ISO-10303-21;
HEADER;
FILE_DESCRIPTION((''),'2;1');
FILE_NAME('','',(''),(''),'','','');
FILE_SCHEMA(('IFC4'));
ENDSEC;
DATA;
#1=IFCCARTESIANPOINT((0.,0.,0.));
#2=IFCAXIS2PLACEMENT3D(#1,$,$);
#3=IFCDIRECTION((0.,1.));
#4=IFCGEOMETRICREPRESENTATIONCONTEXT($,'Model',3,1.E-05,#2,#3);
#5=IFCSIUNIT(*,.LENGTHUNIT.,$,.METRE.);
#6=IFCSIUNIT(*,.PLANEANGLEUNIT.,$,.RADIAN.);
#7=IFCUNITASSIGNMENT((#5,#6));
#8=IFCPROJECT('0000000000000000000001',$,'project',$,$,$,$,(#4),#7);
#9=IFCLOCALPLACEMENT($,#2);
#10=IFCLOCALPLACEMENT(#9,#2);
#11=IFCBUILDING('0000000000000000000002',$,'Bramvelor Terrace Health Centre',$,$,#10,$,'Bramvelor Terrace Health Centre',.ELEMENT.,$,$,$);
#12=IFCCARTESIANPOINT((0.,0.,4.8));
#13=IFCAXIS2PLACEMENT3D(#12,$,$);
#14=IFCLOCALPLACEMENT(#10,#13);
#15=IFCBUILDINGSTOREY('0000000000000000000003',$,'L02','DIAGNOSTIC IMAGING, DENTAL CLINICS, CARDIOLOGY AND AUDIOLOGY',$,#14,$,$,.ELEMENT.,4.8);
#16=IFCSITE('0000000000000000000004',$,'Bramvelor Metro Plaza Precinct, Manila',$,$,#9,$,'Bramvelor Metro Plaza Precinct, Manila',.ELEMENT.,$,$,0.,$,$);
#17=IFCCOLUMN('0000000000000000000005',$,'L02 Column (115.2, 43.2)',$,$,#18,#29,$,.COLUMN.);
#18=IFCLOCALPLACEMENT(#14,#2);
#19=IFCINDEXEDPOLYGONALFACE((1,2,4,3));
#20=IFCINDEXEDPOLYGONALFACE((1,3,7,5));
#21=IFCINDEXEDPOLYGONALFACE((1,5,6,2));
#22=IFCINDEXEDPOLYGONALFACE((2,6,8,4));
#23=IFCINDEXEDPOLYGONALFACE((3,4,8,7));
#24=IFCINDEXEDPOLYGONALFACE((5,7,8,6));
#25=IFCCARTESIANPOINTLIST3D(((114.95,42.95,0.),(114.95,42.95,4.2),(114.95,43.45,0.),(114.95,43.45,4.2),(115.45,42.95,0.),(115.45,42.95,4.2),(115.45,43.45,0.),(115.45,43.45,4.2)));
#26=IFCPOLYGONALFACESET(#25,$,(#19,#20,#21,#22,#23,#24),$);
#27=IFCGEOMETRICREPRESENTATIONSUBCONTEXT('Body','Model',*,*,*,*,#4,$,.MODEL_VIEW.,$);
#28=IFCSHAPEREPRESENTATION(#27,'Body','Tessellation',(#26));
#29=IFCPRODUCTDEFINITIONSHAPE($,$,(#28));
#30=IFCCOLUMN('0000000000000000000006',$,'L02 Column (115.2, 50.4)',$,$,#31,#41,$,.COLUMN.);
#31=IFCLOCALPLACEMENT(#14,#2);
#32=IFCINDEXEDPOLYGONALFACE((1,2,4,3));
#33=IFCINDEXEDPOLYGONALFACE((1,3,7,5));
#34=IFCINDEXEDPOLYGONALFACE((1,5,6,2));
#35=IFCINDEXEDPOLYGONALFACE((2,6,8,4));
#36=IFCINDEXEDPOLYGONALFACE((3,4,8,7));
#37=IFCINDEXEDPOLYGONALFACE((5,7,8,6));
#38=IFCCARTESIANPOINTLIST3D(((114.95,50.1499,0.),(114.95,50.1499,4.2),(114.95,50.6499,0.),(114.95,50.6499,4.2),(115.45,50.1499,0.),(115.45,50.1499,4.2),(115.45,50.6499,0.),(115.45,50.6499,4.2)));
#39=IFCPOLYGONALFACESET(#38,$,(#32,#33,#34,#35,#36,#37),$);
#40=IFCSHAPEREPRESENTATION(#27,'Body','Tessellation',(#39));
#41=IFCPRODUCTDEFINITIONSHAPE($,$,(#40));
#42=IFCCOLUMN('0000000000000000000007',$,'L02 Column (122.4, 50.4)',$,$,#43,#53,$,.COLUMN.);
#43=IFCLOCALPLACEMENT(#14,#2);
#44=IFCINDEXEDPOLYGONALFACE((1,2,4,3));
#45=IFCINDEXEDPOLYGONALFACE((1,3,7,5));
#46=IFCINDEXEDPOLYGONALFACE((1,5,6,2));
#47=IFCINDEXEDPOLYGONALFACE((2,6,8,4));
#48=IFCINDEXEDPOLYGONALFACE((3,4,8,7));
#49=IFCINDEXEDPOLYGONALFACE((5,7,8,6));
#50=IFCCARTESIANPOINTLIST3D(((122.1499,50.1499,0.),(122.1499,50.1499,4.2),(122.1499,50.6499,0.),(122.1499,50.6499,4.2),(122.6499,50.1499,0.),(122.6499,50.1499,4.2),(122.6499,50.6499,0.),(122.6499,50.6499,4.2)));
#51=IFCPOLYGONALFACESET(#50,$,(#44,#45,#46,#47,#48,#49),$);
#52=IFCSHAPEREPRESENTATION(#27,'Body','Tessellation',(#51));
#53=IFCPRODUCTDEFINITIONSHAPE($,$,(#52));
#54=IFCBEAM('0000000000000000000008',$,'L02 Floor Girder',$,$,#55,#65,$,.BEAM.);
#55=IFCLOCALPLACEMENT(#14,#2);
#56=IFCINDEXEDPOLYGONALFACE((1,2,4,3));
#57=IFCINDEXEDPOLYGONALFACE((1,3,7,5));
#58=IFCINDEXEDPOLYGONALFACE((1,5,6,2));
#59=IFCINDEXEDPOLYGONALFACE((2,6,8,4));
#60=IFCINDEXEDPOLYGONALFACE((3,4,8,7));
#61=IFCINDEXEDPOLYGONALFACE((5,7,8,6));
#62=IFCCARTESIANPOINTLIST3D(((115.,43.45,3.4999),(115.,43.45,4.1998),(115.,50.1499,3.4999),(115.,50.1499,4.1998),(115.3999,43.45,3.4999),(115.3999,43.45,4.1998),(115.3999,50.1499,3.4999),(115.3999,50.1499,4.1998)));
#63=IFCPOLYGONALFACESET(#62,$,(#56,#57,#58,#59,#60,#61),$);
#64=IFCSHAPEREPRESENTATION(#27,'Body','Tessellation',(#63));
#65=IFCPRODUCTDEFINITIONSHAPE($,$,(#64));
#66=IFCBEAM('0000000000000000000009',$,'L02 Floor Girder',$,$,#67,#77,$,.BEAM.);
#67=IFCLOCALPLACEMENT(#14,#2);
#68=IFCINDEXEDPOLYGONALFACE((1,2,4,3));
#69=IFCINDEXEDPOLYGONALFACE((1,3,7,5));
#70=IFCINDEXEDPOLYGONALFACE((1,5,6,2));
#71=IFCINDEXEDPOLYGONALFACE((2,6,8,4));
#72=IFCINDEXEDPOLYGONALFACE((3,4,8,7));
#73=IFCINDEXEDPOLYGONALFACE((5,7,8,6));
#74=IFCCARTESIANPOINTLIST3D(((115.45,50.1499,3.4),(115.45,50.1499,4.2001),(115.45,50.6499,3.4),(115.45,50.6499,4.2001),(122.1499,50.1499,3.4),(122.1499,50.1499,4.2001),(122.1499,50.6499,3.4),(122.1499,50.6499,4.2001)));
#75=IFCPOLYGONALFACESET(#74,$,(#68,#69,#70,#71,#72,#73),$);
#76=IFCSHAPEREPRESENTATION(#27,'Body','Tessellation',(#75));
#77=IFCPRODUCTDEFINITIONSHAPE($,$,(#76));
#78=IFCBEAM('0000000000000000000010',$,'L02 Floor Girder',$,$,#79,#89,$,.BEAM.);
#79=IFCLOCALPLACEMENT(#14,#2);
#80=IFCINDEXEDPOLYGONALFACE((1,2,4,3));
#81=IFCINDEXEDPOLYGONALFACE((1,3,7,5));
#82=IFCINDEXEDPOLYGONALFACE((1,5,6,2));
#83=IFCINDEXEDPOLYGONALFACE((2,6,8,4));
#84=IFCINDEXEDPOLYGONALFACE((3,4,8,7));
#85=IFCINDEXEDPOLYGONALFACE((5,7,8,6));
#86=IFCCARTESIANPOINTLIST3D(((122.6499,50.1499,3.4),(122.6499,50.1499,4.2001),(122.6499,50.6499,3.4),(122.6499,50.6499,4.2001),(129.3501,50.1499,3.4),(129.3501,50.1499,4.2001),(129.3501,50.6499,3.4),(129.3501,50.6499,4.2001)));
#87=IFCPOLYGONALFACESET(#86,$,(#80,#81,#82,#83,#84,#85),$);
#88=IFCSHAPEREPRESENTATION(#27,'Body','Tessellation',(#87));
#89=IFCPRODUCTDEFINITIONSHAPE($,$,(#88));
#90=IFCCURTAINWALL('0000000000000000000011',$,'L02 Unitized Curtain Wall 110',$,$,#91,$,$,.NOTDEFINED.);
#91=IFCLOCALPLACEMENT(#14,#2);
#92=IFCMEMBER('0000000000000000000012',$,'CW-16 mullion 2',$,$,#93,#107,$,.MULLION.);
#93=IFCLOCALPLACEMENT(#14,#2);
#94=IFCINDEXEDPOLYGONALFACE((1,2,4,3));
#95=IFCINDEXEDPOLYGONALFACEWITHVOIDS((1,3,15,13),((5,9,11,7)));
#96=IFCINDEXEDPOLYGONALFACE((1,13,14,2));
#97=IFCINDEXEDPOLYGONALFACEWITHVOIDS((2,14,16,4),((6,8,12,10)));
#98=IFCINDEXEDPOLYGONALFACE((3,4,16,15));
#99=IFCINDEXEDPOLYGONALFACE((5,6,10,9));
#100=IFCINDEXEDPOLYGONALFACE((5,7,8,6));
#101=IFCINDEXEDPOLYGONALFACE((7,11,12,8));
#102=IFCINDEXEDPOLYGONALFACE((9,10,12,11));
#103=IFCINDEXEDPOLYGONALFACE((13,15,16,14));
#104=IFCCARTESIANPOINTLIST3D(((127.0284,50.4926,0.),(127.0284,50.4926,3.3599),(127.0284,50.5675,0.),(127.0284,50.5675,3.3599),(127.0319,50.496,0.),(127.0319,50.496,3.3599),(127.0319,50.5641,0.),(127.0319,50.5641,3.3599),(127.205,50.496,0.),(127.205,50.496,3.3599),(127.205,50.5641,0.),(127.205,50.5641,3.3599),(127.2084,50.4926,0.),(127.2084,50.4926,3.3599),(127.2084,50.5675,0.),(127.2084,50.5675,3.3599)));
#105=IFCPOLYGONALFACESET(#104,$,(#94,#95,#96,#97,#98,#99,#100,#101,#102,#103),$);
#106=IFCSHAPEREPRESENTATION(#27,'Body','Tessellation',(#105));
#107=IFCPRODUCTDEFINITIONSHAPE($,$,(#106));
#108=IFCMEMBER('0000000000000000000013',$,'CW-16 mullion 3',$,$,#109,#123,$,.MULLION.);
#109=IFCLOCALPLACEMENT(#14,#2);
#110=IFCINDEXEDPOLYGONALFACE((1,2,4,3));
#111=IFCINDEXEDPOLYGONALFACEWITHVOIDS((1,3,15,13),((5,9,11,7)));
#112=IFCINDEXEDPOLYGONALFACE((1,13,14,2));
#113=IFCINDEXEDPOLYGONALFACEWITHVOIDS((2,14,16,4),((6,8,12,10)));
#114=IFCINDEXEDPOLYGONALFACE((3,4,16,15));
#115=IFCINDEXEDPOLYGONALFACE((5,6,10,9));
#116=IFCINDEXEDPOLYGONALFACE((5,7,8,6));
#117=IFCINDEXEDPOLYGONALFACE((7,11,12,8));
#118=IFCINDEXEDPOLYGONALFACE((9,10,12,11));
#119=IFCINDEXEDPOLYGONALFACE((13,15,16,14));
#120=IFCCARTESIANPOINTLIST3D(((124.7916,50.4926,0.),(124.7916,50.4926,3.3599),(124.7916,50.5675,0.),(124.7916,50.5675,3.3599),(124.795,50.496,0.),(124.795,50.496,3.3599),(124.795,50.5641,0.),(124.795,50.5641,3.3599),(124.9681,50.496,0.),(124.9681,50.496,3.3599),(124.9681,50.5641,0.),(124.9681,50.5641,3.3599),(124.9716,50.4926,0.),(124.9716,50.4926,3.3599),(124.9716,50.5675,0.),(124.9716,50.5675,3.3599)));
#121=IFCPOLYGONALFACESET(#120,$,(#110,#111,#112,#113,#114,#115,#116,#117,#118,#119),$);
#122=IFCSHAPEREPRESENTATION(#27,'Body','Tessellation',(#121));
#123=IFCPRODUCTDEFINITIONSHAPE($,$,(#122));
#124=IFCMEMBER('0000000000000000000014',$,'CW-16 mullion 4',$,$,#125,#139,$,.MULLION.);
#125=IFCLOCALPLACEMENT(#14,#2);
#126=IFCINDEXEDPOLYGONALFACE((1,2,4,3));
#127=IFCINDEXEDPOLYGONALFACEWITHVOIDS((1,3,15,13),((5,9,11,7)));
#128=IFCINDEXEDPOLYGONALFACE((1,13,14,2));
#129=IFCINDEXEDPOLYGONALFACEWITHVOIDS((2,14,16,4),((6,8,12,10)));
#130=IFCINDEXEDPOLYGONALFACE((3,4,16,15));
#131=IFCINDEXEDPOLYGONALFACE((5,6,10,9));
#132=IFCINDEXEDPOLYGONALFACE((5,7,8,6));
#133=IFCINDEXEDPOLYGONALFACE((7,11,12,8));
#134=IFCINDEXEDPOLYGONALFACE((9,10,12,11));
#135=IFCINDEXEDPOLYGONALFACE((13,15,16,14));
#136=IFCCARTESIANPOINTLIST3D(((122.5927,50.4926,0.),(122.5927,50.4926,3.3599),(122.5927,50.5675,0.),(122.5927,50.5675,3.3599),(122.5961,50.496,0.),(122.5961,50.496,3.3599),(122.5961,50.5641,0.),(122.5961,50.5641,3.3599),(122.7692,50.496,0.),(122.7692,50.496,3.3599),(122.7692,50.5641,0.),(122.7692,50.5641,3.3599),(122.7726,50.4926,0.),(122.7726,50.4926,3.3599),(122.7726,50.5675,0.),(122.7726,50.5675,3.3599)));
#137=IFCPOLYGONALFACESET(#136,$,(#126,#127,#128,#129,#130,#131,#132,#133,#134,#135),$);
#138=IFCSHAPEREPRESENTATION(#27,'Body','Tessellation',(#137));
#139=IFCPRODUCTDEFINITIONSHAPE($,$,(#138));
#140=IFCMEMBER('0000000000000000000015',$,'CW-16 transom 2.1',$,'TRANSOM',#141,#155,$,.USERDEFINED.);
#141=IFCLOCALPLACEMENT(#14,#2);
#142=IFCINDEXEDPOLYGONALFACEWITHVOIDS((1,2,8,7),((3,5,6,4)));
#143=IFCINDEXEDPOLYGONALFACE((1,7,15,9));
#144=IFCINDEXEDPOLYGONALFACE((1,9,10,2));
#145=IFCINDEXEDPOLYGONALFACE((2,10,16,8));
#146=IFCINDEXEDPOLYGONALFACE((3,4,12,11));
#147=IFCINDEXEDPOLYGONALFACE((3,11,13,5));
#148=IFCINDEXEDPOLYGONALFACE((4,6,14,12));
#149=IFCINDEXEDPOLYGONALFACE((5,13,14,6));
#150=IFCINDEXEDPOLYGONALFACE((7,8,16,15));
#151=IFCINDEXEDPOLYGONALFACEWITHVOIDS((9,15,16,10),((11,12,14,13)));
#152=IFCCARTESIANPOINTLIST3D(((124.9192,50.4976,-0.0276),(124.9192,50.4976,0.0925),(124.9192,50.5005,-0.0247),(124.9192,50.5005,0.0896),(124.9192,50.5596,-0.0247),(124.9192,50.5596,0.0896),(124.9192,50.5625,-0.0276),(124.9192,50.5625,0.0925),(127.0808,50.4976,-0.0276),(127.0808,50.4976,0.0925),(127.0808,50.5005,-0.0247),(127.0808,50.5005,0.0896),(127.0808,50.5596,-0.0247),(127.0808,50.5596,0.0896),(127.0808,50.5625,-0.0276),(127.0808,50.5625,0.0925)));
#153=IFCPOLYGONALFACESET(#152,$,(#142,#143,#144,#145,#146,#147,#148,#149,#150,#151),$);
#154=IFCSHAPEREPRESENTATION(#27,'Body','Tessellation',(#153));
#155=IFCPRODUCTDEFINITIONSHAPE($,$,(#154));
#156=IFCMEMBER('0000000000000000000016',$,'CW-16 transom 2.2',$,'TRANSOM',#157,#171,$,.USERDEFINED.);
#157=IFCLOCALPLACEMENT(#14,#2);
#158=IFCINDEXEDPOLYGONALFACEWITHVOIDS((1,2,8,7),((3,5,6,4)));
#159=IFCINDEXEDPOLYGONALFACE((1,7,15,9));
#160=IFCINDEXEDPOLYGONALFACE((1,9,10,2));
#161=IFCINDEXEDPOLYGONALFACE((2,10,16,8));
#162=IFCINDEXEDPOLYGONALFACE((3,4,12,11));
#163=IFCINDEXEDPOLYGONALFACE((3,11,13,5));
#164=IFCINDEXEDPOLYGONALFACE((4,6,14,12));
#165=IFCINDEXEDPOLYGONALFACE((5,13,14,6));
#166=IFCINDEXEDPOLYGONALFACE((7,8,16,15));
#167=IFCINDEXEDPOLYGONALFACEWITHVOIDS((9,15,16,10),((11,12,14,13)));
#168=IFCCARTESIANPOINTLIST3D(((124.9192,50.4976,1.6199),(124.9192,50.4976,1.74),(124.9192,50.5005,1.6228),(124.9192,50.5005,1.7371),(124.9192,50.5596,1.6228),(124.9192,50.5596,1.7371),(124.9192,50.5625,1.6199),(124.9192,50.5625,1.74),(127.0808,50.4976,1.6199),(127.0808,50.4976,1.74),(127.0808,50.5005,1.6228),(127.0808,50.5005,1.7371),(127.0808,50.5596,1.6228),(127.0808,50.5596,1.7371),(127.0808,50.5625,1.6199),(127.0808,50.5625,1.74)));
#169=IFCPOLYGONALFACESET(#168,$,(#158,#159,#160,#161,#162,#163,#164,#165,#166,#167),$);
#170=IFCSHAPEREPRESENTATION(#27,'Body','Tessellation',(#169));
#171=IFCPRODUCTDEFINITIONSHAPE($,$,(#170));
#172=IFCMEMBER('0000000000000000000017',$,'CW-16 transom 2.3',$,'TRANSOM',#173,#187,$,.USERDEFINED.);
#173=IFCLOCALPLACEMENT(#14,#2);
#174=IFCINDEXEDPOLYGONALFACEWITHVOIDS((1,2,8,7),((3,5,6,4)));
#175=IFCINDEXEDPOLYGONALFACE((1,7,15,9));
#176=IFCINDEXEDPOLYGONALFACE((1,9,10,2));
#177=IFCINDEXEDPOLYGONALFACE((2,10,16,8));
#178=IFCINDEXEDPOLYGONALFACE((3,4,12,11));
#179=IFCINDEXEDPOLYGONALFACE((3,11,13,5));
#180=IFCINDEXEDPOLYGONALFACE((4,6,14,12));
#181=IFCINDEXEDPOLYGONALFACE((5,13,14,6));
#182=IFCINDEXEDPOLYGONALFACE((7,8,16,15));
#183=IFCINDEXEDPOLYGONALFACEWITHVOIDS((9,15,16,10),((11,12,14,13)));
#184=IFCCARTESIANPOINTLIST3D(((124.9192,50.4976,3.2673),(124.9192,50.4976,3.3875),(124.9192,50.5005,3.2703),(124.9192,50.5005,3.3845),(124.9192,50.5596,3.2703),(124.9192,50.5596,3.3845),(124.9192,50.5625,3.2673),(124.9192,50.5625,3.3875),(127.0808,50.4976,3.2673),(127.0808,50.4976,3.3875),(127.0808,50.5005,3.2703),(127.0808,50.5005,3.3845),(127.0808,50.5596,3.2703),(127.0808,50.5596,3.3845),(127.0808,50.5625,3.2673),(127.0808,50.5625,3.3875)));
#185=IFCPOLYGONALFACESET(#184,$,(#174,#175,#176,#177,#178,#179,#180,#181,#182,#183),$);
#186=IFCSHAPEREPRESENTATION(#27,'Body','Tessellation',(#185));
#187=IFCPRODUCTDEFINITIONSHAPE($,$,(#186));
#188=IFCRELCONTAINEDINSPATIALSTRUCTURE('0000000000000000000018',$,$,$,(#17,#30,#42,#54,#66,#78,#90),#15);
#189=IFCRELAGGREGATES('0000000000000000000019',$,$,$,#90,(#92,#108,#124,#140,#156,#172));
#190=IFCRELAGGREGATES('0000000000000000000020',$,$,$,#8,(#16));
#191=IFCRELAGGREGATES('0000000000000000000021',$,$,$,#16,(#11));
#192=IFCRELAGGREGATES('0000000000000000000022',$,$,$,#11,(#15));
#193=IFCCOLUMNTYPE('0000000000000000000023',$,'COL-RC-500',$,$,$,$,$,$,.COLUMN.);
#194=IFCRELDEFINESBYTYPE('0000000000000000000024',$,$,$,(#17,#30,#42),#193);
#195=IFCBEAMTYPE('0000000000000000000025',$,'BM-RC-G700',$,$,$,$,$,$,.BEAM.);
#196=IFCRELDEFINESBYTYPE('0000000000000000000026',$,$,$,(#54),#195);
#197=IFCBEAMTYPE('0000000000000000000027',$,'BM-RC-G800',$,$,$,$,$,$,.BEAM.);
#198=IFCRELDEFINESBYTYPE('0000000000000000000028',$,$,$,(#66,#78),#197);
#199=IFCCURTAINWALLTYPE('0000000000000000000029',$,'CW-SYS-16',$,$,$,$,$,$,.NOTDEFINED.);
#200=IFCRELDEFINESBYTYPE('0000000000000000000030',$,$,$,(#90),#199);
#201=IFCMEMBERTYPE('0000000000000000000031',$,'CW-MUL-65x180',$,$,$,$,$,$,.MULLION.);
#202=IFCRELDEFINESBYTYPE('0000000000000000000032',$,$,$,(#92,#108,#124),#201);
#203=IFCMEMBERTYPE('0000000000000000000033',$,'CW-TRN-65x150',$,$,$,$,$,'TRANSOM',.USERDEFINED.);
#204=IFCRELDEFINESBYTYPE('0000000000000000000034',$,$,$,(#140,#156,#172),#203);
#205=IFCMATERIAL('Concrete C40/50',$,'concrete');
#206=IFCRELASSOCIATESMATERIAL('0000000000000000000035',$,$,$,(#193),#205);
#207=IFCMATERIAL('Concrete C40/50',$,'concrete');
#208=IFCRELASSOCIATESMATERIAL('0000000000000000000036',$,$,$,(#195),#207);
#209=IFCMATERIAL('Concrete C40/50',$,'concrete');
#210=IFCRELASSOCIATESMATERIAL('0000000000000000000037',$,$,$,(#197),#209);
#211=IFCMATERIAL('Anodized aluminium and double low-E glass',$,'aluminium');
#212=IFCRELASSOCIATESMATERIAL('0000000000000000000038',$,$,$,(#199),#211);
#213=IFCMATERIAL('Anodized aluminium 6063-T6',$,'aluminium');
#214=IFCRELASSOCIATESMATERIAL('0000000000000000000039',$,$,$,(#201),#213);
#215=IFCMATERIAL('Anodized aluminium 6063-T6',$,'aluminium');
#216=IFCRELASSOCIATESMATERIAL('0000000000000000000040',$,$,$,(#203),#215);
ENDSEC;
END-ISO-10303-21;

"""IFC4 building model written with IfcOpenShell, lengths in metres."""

from ifc_helpers import new_model, si_unit, direction, frame, origin, origin_2d, place, context, subcontext, project, spatial, rectangle, hollow_rectangle, extrude, material, material_profile, profile_set, type_object, element, aggregate, save


model = new_model("IFC4")

# Units and contexts
model_context = context("Model", 3, precision=1e-05, world=origin(), true_north=direction((0.0, 1.0)))
body_context = subcontext(model_context, "Body", "Model", "MODEL_VIEW")
ifc_project = project(units=[si_unit("LENGTHUNIT", "METRE"), si_unit("PLANEANGLEUNIT", "RADIAN")], contexts=[model_context])

# Site, building, storey
site_placement = place(None, origin())
site = spatial("IfcSite", under=ifc_project, at=site_placement, Name="Bramvelor Metro Plaza Precinct, Manila", LongName="Bramvelor Metro Plaza Precinct, Manila", CompositionType="ELEMENT", RefElevation=0.0)
building_placement = place(site_placement, origin())
building = spatial("IfcBuilding", under=site, at=building_placement, Name="Bramvelor Terrace Health Centre", LongName="Bramvelor Terrace Health Centre", CompositionType="ELEMENT")
storey_placement = place(building_placement, frame((0.0, 0.0, 4.8)))
storey = spatial("IfcBuildingStorey", under=building, at=storey_placement, Name="L02", Description="DIAGNOSTIC IMAGING, DENTAL CLINICS, CARDIOLOGY AND AUDIOLOGY", CompositionType="ELEMENT", Elevation=4.8)

# Columns
ifc_material_1 = material(Name="Concrete C40/50", Category="concrete")
ifc_material_profile_1 = material_profile(ifc_material_1, rectangle(XDim=0.5, YDim=0.5, at=origin_2d()), Name="RC 500x500")
ifc_profile_set_1 = profile_set([ifc_material_profile_1], Name="Concrete C40/50")
column_type = type_object("IfcColumnType", Name="COL-RC-500", PredefinedType="COLUMN", material=ifc_profile_set_1)
for number, where, z_axis, x_axis, name in (
    (1, (115.2, 43.2, 0.0), (0.0, 0.0, 1.0), (1.0, 0.0, 0.0), "L02 Column (115.2, 43.2)"),
    (2, (115.2, 50.3999, 0.0), (0.0, 0.0, 1.0), (1.0, 0.0, 0.0), "L02 Column (115.2, 50.4)"),
    (3, (122.3999, 50.3999, 0.0), (0.0, 0.0, 1.0), (1.0, 0.0, 0.0), "L02 Column (122.4, 50.4)"),
):
    element("IfcColumn", number, at=place(storey_placement, frame(where, z_axis=z_axis, x_axis=x_axis)), inside=storey, type_object=column_type, Name=name, PredefinedType="COLUMN", context=body_context, shape_type="SweptSolid", body=[
        extrude(rectangle(XDim=0.5, YDim=0.5, at=origin_2d()), origin(), (0.0, 0.0, 1.0), 4.2),
    ])

# Beams
ifc_material_2 = material(Name="Concrete C40/50", Category="concrete")
ifc_material_profile_2 = material_profile(ifc_material_2, rectangle(XDim=0.3999, YDim=0.7, at=origin_2d()), Name="RC 400x700")
ifc_profile_set_2 = profile_set([ifc_material_profile_2], Name="Concrete C40/50")
beam_type_1 = type_object("IfcBeamType", Name="BM-RC-G700", PredefinedType="BEAM", material=ifc_profile_set_2)
beam_1_placement = place(storey_placement, frame((115.2, 43.45, 3.8499), z_axis=(0.0, 1.0, 0.0), x_axis=(-1.0, 0.0, 0.0)))
element("IfcBeam", 4, at=beam_1_placement, inside=storey, type_object=beam_type_1, Name="L02 Floor Girder", PredefinedType="BEAM", context=body_context, shape_type="SweptSolid", body=[
    extrude(rectangle(XDim=0.3999, YDim=0.7, at=origin_2d()), origin(), (0.0, 0.0, 1.0), 6.7),
])
ifc_material_3 = material(Name="Concrete C40/50", Category="concrete")
ifc_material_profile_3 = material_profile(ifc_material_3, rectangle(XDim=0.5, YDim=0.8, at=origin_2d()), Name="RC 500x800")
ifc_profile_set_3 = profile_set([ifc_material_profile_3], Name="Concrete C40/50")
beam_type_2 = type_object("IfcBeamType", Name="BM-RC-G800", PredefinedType="BEAM", material=ifc_profile_set_3)
beam_2_placement = place(storey_placement, frame((115.45, 50.3999, 3.8), z_axis=(1.0, 0.0, 0.0), x_axis=(0.0, 1.0, 0.0)))
element("IfcBeam", 5, at=beam_2_placement, inside=storey, type_object=beam_type_2, Name="L02 Floor Girder", PredefinedType="BEAM", context=body_context, shape_type="SweptSolid", body=[
    extrude(rectangle(XDim=0.5, YDim=0.8, at=origin_2d()), origin(), (0.0, 0.0, 1.0), 6.7),
])
beam_3_placement = place(storey_placement, frame((122.6499, 50.3999, 3.8), z_axis=(1.0, 0.0, 0.0), x_axis=(0.0, 1.0, 0.0)))
element("IfcBeam", 6, at=beam_3_placement, inside=storey, type_object=beam_type_2, Name="L02 Floor Girder", PredefinedType="BEAM", context=body_context, shape_type="SweptSolid", body=[
    extrude(rectangle(XDim=0.5, YDim=0.8, at=origin_2d()), origin(), (0.0, 0.0, 1.0), 6.7002),
])

# Curtain wall, members
ifc_material_4 = material(Name="Anodized aluminium and double low-E glass", Category="aluminium")
curtain_wall_type = type_object("IfcCurtainWallType", Name="CW-SYS-16", PredefinedType="NOTDEFINED", material=ifc_material_4)
curtain_wall_placement = place(storey_placement, origin())
curtain_wall = element("IfcCurtainWall", 7, at=curtain_wall_placement, inside=storey, type_object=curtain_wall_type, Name="L02 Unitized Curtain Wall 110", PredefinedType="NOTDEFINED")
ifc_material_5 = material(Name="Anodized aluminium 6063-T6", Category="aluminium")
ifc_material_profile_4 = material_profile(ifc_material_5, hollow_rectangle(XDim=0.075, YDim=0.1799, WallThickness=0.0034, at=origin_2d()), Name="ALU-MUL 75x180x3.5")
ifc_profile_set_4 = profile_set([ifc_material_profile_4], Name="Anodized aluminium 6063-T6")
member_type_1 = type_object("IfcMemberType", Name="CW-MUL-65x180", PredefinedType="MULLION", material=ifc_profile_set_4)
member_1_placement = place(storey_placement, frame((127.1184, 50.53, 0.0), z_axis=(0.0, 0.0, 1.0), x_axis=(0.0, -1.0, 0.0)))
member_1 = element("IfcMember", 8, at=member_1_placement, type_object=member_type_1, Name="CW-16 mullion 2", PredefinedType="MULLION", context=body_context, shape_type="SweptSolid", body=[
    extrude(hollow_rectangle(XDim=0.075, YDim=0.1799, WallThickness=0.0034, at=origin_2d()), origin(), (0.0, 0.0, 1.0), 3.3599),
])
member_2_placement = place(storey_placement, frame((124.8816, 50.53, 0.0), z_axis=(0.0, 0.0, 1.0), x_axis=(0.0, -1.0, 0.0)))
member_2 = element("IfcMember", 9, at=member_2_placement, type_object=member_type_1, Name="CW-16 mullion 3", PredefinedType="MULLION", context=body_context, shape_type="SweptSolid", body=[
    extrude(hollow_rectangle(XDim=0.075, YDim=0.1799, WallThickness=0.0034, at=origin_2d()), origin(), (0.0, 0.0, 1.0), 3.3599),
])
member_3_placement = place(storey_placement, frame((122.6826, 50.53, 0.0), z_axis=(0.0, 0.0, 1.0), x_axis=(0.0, -1.0, 0.0)))
member_3 = element("IfcMember", 10, at=member_3_placement, type_object=member_type_1, Name="CW-16 mullion 4", PredefinedType="MULLION", context=body_context, shape_type="SweptSolid", body=[
    extrude(hollow_rectangle(XDim=0.075, YDim=0.1799, WallThickness=0.0034, at=origin_2d()), origin(), (0.0, 0.0, 1.0), 3.3599),
])
ifc_material_6 = material(Name="Anodized aluminium 6063-T6", Category="aluminium")
ifc_material_profile_5 = material_profile(ifc_material_6, hollow_rectangle(XDim=0.0649, YDim=0.1201, WallThickness=0.0029, at=origin_2d()), Name="ALU-TRN 65x120x3.0")
ifc_profile_set_5 = profile_set([ifc_material_profile_5], Name="Anodized aluminium 6063-T6")
member_type_2 = type_object("IfcMemberType", Name="CW-TRN-65x150", ElementType="TRANSOM", PredefinedType="USERDEFINED", material=ifc_profile_set_5)
member_4_placement = place(storey_placement, frame((127.0808, 50.53, 0.0325), z_axis=(-1.0, 0.0, 0.0), x_axis=(0.0, -1.0, 0.0)))
member_4 = element("IfcMember", 11, at=member_4_placement, type_object=member_type_2, Name="CW-16 transom 2.1", ObjectType="TRANSOM", PredefinedType="USERDEFINED", context=body_context, shape_type="SweptSolid", body=[
    extrude(hollow_rectangle(XDim=0.0649, YDim=0.1201, WallThickness=0.0029, at=origin_2d()), origin(), (0.0, 0.0, 1.0), 2.1616),
])
member_5_placement = place(storey_placement, frame((127.0808, 50.53, 1.6799), z_axis=(-1.0, 0.0, 0.0), x_axis=(0.0, -1.0, 0.0)))
member_5 = element("IfcMember", 12, at=member_5_placement, type_object=member_type_2, Name="CW-16 transom 2.2", ObjectType="TRANSOM", PredefinedType="USERDEFINED", context=body_context, shape_type="SweptSolid", body=[
    extrude(hollow_rectangle(XDim=0.0649, YDim=0.1201, WallThickness=0.0029, at=origin_2d()), origin(), (0.0, 0.0, 1.0), 2.1616),
])
member_6_placement = place(storey_placement, frame((127.0808, 50.53, 3.3274), z_axis=(-1.0, 0.0, 0.0), x_axis=(0.0, -1.0, 0.0)))
member_6 = element("IfcMember", 13, at=member_6_placement, type_object=member_type_2, Name="CW-16 transom 2.3", ObjectType="TRANSOM", PredefinedType="USERDEFINED", context=body_context, shape_type="SweptSolid", body=[
    extrude(hollow_rectangle(XDim=0.0649, YDim=0.1201, WallThickness=0.0029, at=origin_2d()), origin(), (0.0, 0.0, 1.0), 2.1616),
])
aggregate(curtain_wall, [member_1, member_2, member_3, member_4, member_5, member_6])

save(model, "model.ifc")
